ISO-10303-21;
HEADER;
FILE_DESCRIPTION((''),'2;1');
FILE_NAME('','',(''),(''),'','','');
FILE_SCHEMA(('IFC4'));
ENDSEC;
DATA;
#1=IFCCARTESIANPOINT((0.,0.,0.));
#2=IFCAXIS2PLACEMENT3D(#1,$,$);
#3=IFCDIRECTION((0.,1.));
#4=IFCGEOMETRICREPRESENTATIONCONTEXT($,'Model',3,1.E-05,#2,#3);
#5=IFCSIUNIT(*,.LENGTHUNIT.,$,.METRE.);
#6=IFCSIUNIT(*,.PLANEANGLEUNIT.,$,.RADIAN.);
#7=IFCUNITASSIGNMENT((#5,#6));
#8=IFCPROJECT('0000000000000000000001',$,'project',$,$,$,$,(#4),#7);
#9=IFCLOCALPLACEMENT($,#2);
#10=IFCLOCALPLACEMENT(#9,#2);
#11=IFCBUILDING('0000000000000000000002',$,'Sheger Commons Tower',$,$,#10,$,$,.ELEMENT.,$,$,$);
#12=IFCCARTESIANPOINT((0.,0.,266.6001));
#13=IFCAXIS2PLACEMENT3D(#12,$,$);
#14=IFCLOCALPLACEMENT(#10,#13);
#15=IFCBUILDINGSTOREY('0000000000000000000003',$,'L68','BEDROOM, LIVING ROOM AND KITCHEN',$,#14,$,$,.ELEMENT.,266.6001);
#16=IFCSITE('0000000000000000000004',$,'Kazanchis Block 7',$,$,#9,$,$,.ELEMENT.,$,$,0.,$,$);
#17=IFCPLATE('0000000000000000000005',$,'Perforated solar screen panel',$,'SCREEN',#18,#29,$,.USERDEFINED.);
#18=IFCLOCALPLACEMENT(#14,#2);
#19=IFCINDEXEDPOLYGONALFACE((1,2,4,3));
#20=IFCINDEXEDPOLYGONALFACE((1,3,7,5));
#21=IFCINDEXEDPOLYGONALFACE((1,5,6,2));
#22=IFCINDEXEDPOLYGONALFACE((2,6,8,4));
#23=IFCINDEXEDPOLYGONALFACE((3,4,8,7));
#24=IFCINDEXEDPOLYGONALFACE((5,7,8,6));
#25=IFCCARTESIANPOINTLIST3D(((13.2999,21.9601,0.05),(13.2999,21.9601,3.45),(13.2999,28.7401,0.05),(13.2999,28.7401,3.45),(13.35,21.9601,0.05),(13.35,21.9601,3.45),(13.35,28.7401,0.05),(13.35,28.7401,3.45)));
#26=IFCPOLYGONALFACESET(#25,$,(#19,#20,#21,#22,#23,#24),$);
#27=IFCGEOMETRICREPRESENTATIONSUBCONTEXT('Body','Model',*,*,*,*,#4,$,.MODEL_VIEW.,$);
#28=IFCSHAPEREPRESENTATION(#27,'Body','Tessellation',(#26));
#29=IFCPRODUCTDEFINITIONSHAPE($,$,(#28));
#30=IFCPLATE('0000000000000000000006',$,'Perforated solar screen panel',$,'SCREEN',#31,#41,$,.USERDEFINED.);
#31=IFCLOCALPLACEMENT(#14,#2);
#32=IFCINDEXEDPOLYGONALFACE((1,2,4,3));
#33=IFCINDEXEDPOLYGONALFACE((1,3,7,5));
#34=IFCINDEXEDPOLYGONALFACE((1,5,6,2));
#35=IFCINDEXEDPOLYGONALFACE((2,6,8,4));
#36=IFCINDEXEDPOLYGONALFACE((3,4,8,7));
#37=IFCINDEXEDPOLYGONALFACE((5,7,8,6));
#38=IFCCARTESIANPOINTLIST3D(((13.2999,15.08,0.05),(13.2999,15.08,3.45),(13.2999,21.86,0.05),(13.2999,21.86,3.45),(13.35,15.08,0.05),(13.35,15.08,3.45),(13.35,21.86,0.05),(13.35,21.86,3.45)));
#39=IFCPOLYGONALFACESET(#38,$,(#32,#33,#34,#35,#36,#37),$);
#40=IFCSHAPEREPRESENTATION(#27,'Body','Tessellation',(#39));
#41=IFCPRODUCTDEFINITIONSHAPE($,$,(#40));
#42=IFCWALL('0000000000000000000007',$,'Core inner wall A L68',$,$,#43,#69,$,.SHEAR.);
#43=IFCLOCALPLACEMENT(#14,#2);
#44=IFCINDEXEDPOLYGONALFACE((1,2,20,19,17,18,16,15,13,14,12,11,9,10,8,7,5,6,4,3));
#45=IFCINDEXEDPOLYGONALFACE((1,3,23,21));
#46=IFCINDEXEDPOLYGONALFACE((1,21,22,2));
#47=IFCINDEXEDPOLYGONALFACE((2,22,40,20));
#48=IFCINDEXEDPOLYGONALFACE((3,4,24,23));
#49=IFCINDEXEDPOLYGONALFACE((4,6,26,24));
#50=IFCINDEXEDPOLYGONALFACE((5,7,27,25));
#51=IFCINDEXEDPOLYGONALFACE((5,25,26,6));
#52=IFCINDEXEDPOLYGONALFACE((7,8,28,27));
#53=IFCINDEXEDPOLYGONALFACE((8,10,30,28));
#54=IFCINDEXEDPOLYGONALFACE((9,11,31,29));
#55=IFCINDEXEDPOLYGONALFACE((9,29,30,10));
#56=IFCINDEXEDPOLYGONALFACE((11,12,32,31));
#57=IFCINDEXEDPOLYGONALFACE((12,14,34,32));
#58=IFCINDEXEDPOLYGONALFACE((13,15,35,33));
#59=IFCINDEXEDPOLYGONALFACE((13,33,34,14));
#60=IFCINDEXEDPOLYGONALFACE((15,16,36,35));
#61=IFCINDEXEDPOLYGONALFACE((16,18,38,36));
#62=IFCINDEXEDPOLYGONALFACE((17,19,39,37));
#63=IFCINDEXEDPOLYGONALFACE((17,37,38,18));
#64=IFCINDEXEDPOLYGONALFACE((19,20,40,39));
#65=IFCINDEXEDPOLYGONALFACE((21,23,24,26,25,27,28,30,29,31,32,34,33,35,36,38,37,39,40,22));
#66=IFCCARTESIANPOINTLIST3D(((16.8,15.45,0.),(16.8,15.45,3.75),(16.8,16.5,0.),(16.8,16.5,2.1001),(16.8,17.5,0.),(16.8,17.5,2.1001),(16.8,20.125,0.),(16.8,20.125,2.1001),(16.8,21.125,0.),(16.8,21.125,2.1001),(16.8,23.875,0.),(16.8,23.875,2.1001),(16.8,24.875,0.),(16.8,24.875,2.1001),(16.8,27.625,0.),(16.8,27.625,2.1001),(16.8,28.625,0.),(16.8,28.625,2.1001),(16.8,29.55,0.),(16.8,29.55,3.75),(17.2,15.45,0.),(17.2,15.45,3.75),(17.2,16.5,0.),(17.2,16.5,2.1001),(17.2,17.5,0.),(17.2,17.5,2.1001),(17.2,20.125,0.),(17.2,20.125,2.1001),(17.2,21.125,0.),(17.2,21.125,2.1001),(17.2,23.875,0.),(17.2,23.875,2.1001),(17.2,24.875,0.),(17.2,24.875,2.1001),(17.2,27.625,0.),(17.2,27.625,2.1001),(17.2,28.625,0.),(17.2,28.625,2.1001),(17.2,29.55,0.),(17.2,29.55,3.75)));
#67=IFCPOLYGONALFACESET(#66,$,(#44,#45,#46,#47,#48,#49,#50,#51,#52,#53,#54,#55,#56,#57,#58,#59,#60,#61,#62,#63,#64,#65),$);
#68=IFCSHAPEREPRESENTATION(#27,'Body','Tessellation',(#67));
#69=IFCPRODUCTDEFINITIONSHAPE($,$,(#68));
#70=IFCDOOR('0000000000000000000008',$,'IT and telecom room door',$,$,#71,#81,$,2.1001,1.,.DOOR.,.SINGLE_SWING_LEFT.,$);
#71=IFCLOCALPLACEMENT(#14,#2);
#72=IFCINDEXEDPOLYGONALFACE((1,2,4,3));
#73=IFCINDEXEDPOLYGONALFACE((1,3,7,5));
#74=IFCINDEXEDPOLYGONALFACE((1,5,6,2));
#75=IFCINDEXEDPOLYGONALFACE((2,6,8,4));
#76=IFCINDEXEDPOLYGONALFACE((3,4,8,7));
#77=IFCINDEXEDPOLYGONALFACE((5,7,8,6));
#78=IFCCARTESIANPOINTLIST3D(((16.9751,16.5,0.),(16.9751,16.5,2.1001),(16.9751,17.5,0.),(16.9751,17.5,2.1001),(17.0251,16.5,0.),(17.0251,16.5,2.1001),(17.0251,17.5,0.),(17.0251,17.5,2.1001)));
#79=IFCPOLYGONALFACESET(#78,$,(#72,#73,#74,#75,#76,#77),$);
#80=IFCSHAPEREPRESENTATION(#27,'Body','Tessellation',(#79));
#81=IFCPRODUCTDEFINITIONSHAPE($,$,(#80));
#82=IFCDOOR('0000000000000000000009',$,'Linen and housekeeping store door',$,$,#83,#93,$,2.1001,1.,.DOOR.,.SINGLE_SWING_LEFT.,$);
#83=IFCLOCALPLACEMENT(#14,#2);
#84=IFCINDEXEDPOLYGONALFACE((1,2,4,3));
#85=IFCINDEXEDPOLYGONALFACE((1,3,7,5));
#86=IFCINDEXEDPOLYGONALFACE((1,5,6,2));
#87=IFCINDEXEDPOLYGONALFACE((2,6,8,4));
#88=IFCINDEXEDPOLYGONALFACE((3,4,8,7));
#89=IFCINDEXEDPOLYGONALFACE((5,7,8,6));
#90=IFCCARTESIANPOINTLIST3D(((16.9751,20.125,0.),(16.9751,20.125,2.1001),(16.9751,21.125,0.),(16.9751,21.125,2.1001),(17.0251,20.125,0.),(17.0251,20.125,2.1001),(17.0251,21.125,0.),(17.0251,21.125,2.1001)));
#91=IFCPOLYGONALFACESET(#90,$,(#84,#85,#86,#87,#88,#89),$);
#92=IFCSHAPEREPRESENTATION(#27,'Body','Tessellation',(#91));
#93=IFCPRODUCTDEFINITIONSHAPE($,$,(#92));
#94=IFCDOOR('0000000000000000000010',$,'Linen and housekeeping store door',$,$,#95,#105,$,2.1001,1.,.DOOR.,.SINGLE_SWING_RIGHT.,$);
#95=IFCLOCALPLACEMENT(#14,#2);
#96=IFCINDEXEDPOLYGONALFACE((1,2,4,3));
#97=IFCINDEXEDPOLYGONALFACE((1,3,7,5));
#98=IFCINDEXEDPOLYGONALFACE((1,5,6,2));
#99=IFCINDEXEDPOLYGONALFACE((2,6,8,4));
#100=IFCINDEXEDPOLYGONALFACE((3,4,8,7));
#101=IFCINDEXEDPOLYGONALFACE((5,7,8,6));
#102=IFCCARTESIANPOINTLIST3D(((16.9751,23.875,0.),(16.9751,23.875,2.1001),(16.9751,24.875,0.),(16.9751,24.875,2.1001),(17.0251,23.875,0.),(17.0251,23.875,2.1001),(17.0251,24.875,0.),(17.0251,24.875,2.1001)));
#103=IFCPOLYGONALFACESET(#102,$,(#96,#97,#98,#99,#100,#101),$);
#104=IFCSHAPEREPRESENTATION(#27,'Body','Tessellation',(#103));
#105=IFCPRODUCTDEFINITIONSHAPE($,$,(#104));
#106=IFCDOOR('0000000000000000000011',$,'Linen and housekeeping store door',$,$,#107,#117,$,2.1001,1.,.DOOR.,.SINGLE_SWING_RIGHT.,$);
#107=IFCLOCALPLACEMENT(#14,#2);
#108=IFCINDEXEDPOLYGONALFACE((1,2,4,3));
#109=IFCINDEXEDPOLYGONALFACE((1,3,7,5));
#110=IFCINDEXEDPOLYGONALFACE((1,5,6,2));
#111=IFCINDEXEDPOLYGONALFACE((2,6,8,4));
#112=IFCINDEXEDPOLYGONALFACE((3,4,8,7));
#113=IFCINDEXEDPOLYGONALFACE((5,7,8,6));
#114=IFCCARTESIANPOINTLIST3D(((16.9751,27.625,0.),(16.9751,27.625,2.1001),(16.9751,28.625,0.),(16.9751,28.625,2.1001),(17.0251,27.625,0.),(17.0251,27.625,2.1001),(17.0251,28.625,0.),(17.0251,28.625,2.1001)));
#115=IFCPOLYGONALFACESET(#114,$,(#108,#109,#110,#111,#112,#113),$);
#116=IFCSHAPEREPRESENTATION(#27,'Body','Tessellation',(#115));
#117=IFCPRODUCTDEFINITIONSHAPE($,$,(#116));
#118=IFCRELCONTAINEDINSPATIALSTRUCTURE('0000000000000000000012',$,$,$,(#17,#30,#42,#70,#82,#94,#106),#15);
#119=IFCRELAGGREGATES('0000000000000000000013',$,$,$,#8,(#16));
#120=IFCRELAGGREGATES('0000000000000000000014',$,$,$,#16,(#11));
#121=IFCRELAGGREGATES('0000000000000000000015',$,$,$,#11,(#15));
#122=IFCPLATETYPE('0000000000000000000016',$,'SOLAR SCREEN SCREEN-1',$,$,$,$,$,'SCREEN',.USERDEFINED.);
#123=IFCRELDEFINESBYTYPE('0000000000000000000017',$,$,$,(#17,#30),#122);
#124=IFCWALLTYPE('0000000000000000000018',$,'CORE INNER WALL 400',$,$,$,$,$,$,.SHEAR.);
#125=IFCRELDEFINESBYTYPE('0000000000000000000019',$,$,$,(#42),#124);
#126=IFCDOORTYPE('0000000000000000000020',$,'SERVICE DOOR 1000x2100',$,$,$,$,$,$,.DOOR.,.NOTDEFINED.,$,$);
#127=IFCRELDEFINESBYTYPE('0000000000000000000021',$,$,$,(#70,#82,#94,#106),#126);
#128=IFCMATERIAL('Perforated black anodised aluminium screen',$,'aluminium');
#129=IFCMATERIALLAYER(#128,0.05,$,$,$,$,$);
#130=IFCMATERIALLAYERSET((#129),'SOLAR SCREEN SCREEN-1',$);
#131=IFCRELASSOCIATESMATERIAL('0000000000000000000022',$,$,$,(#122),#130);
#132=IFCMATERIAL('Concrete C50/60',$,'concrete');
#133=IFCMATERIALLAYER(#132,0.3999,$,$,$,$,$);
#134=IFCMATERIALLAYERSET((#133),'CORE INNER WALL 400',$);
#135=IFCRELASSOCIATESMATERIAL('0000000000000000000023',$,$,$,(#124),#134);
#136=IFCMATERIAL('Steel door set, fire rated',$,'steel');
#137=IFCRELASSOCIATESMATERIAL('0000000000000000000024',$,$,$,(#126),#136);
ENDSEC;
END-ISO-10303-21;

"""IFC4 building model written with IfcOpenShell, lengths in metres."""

from ifc_helpers import new_model, si_unit, direction, frame, frame_2d, origin, origin_2d, place, context, subcontext, project, spatial, rectangle, extrude, material, layer, layer_set, type_object, element, fill, save


model = new_model("IFC4")

# Units and contexts
model_context = context("Model", 3, precision=1e-05, world=origin(), true_north=direction((0.0, 1.0)))
body_context = subcontext(model_context, "Body", "Model", "MODEL_VIEW")
ifc_project = project(units=[si_unit("LENGTHUNIT", "METRE"), si_unit("PLANEANGLEUNIT", "RADIAN")], contexts=[model_context])

# Site, building, storey
site_placement = place(None, origin())
site = spatial("IfcSite", under=ifc_project, at=site_placement, Name="Kazanchis Block 7", CompositionType="ELEMENT", RefElevation=0.0)
building_placement = place(site_placement, origin())
building = spatial("IfcBuilding", under=site, at=building_placement, Name="Sheger Commons Tower", CompositionType="ELEMENT")
storey_placement = place(building_placement, frame((0.0, 0.0, 266.6001)))
storey = spatial("IfcBuildingStorey", under=building, at=storey_placement, Name="L68", Description="BEDROOM, LIVING ROOM AND KITCHEN", CompositionType="ELEMENT", Elevation=266.6001)

# Plates
ifc_material_1 = material(Name="Perforated black anodised aluminium screen", Category="aluminium")
ifc_layer_1 = layer(ifc_material_1, 0.05)
ifc_layer_set_1 = layer_set([ifc_layer_1], Name="SOLAR SCREEN SCREEN-1")
plate_type = type_object("IfcPlateType", Name="SOLAR SCREEN SCREEN-1", ElementType="SCREEN", PredefinedType="USERDEFINED", material=ifc_layer_set_1)
for number, where, z_axis, x_axis, name in (
    (1, (13.325, 25.3501, 0.05), (0.0, 0.0, 1.0), (0.0, -1.0, 0.0), "Perforated solar screen panel"),
    (2, (13.325, 18.47, 0.05), (0.0, 0.0, 1.0), (0.0, -1.0, 0.0), "Perforated solar screen panel"),
):
    element("IfcPlate", number, at=place(storey_placement, frame(where, z_axis=z_axis, x_axis=x_axis)), inside=storey, type_object=plate_type, Name=name, ObjectType="SCREEN", PredefinedType="USERDEFINED", context=body_context, shape_type="SweptSolid", body=[
        extrude(rectangle(XDim=6.78, YDim=0.05, at=origin_2d()), origin(), (0.0, 0.0, 1.0), 3.3999),
    ])

# Wall, openings, doors
ifc_material_2 = material(Name="Concrete C50/60", Category="concrete")
ifc_layer_2 = layer(ifc_material_2, 0.3999)
ifc_layer_set_2 = layer_set([ifc_layer_2], Name="CORE INNER WALL 400")
wall_type_1 = type_object("IfcWallType", Name="CORE INNER WALL 400", PredefinedType="SHEAR", material=ifc_layer_set_2)
wall_1_placement = place(storey_placement, frame((17.0, 15.45, 0.0), z_axis=(0.0, 0.0, 1.0), x_axis=(0.0, 1.0, 0.0)))
wall_1 = element("IfcWall", 3, at=wall_1_placement, inside=storey, type_object=wall_type_1, Name="Core inner wall A L68", PredefinedType="SHEAR", context=body_context, shape_type="SweptSolid", body=[
    extrude(rectangle(XDim=14.1001, YDim=0.3999, at=frame_2d((7.05, 0.0))), origin(), (0.0, 0.0, 1.0), 3.75),
])
opening_1_placement = place(wall_1_placement, frame((1.05, 0.0, 0.0)))
opening_1 = element("IfcOpeningElement", 4, at=opening_1_placement, cuts=wall_1, PredefinedType="OPENING", context=body_context, shape_type="SweptSolid", body=[
    extrude(rectangle(XDim=1.0, YDim=2.1001, at=frame_2d((0.5, 1.05))), frame((0.0, 0.21, 0.0), z_axis=(0.0, -1.0, 0.0), x_axis=(1.0, 0.0, 0.0)), (0.0, 0.0, 1.0), 0.4199),
])
opening_2_placement = place(wall_1_placement, frame((4.675, 0.0, 0.0)))
opening_2 = element("IfcOpeningElement", 5, at=opening_2_placement, cuts=wall_1, PredefinedType="OPENING", context=body_context, shape_type="SweptSolid", body=[
    extrude(rectangle(XDim=1.0, YDim=2.1001, at=frame_2d((0.5, 1.05))), frame((0.0, 0.21, 0.0), z_axis=(0.0, -1.0, 0.0), x_axis=(1.0, 0.0, 0.0)), (0.0, 0.0, 1.0), 0.4199),
])
opening_3_placement = place(wall_1_placement, frame((8.425, 0.0, 0.0)))
opening_3 = element("IfcOpeningElement", 6, at=opening_3_placement, cuts=wall_1, PredefinedType="OPENING", context=body_context, shape_type="SweptSolid", body=[
    extrude(rectangle(XDim=1.0, YDim=2.1001, at=frame_2d((0.5, 1.05))), frame((0.0, 0.21, 0.0), z_axis=(0.0, -1.0, 0.0), x_axis=(1.0, 0.0, 0.0)), (0.0, 0.0, 1.0), 0.4199),
])
opening_4_placement = place(wall_1_placement, frame((12.175, 0.0, 0.0)))
opening_4 = element("IfcOpeningElement", 7, at=opening_4_placement, cuts=wall_1, PredefinedType="OPENING", context=body_context, shape_type="SweptSolid", body=[
    extrude(rectangle(XDim=1.0, YDim=2.1001, at=frame_2d((0.5, 1.05))), frame((0.0, 0.21, 0.0), z_axis=(0.0, -1.0, 0.0), x_axis=(1.0, 0.0, 0.0)), (0.0, 0.0, 1.0), 0.4199),
])
ifc_material_3 = material(Name="Steel door set, fire rated", Category="steel")
door_type_1 = type_object("IfcDoorType", Name="SERVICE DOOR 1000x2100", OperationType="NOTDEFINED", PredefinedType="DOOR", material=ifc_material_3)
door_1_placement = place(opening_1_placement, origin())
door_1 = element("IfcDoor", 8, at=door_1_placement, inside=storey, type_object=door_type_1, Name="IT and telecom room door", OperationType="SINGLE_SWING_LEFT", OverallHeight=2.1001, OverallWidth=1.0, PredefinedType="DOOR", context=body_context, shape_type="SweptSolid", body=[
    extrude(rectangle(XDim=1.0, YDim=2.1001, at=frame_2d((0.5, 1.05))), frame((0.0, 0.0249, 0.0), z_axis=(0.0, -1.0, 0.0), x_axis=(1.0, 0.0, 0.0)), (0.0, 0.0, 1.0), 0.05),
])
fill(opening_1, door_1)
door_2_placement = place(opening_2_placement, origin())
door_2 = element("IfcDoor", 9, at=door_2_placement, inside=storey, type_object=door_type_1, Name="Linen and housekeeping store door", OperationType="SINGLE_SWING_LEFT", OverallHeight=2.1001, OverallWidth=1.0, PredefinedType="DOOR", context=body_context, shape_type="SweptSolid", body=[
    extrude(rectangle(XDim=1.0, YDim=2.1001, at=frame_2d((0.5, 1.05))), frame((0.0, 0.0249, 0.0), z_axis=(0.0, -1.0, 0.0), x_axis=(1.0, 0.0, 0.0)), (0.0, 0.0, 1.0), 0.05),
])
fill(opening_2, door_2)
door_3_placement = place(opening_3_placement, origin())
door_3 = element("IfcDoor", 10, at=door_3_placement, inside=storey, type_object=door_type_1, Name="Linen and housekeeping store door", OperationType="SINGLE_SWING_RIGHT", OverallHeight=2.1001, OverallWidth=1.0, PredefinedType="DOOR", context=body_context, shape_type="SweptSolid", body=[
    extrude(rectangle(XDim=1.0, YDim=2.1001, at=frame_2d((0.5, 1.05))), frame((0.0, 0.0249, 0.0), z_axis=(0.0, -1.0, 0.0), x_axis=(1.0, 0.0, 0.0)), (0.0, 0.0, 1.0), 0.05),
])
fill(opening_3, door_3)
door_4_placement = place(opening_4_placement, origin())
door_4 = element("IfcDoor", 11, at=door_4_placement, inside=storey, type_object=door_type_1, Name="Linen and housekeeping store door", OperationType="SINGLE_SWING_RIGHT", OverallHeight=2.1001, OverallWidth=1.0, PredefinedType="DOOR", context=body_context, shape_type="SweptSolid", body=[
    extrude(rectangle(XDim=1.0, YDim=2.1001, at=frame_2d((0.5, 1.05))), frame((0.0, 0.0249, 0.0), z_axis=(0.0, -1.0, 0.0), x_axis=(1.0, 0.0, 0.0)), (0.0, 0.0, 1.0), 0.05),
])
fill(opening_4, door_4)

save(model, "model.ifc")
